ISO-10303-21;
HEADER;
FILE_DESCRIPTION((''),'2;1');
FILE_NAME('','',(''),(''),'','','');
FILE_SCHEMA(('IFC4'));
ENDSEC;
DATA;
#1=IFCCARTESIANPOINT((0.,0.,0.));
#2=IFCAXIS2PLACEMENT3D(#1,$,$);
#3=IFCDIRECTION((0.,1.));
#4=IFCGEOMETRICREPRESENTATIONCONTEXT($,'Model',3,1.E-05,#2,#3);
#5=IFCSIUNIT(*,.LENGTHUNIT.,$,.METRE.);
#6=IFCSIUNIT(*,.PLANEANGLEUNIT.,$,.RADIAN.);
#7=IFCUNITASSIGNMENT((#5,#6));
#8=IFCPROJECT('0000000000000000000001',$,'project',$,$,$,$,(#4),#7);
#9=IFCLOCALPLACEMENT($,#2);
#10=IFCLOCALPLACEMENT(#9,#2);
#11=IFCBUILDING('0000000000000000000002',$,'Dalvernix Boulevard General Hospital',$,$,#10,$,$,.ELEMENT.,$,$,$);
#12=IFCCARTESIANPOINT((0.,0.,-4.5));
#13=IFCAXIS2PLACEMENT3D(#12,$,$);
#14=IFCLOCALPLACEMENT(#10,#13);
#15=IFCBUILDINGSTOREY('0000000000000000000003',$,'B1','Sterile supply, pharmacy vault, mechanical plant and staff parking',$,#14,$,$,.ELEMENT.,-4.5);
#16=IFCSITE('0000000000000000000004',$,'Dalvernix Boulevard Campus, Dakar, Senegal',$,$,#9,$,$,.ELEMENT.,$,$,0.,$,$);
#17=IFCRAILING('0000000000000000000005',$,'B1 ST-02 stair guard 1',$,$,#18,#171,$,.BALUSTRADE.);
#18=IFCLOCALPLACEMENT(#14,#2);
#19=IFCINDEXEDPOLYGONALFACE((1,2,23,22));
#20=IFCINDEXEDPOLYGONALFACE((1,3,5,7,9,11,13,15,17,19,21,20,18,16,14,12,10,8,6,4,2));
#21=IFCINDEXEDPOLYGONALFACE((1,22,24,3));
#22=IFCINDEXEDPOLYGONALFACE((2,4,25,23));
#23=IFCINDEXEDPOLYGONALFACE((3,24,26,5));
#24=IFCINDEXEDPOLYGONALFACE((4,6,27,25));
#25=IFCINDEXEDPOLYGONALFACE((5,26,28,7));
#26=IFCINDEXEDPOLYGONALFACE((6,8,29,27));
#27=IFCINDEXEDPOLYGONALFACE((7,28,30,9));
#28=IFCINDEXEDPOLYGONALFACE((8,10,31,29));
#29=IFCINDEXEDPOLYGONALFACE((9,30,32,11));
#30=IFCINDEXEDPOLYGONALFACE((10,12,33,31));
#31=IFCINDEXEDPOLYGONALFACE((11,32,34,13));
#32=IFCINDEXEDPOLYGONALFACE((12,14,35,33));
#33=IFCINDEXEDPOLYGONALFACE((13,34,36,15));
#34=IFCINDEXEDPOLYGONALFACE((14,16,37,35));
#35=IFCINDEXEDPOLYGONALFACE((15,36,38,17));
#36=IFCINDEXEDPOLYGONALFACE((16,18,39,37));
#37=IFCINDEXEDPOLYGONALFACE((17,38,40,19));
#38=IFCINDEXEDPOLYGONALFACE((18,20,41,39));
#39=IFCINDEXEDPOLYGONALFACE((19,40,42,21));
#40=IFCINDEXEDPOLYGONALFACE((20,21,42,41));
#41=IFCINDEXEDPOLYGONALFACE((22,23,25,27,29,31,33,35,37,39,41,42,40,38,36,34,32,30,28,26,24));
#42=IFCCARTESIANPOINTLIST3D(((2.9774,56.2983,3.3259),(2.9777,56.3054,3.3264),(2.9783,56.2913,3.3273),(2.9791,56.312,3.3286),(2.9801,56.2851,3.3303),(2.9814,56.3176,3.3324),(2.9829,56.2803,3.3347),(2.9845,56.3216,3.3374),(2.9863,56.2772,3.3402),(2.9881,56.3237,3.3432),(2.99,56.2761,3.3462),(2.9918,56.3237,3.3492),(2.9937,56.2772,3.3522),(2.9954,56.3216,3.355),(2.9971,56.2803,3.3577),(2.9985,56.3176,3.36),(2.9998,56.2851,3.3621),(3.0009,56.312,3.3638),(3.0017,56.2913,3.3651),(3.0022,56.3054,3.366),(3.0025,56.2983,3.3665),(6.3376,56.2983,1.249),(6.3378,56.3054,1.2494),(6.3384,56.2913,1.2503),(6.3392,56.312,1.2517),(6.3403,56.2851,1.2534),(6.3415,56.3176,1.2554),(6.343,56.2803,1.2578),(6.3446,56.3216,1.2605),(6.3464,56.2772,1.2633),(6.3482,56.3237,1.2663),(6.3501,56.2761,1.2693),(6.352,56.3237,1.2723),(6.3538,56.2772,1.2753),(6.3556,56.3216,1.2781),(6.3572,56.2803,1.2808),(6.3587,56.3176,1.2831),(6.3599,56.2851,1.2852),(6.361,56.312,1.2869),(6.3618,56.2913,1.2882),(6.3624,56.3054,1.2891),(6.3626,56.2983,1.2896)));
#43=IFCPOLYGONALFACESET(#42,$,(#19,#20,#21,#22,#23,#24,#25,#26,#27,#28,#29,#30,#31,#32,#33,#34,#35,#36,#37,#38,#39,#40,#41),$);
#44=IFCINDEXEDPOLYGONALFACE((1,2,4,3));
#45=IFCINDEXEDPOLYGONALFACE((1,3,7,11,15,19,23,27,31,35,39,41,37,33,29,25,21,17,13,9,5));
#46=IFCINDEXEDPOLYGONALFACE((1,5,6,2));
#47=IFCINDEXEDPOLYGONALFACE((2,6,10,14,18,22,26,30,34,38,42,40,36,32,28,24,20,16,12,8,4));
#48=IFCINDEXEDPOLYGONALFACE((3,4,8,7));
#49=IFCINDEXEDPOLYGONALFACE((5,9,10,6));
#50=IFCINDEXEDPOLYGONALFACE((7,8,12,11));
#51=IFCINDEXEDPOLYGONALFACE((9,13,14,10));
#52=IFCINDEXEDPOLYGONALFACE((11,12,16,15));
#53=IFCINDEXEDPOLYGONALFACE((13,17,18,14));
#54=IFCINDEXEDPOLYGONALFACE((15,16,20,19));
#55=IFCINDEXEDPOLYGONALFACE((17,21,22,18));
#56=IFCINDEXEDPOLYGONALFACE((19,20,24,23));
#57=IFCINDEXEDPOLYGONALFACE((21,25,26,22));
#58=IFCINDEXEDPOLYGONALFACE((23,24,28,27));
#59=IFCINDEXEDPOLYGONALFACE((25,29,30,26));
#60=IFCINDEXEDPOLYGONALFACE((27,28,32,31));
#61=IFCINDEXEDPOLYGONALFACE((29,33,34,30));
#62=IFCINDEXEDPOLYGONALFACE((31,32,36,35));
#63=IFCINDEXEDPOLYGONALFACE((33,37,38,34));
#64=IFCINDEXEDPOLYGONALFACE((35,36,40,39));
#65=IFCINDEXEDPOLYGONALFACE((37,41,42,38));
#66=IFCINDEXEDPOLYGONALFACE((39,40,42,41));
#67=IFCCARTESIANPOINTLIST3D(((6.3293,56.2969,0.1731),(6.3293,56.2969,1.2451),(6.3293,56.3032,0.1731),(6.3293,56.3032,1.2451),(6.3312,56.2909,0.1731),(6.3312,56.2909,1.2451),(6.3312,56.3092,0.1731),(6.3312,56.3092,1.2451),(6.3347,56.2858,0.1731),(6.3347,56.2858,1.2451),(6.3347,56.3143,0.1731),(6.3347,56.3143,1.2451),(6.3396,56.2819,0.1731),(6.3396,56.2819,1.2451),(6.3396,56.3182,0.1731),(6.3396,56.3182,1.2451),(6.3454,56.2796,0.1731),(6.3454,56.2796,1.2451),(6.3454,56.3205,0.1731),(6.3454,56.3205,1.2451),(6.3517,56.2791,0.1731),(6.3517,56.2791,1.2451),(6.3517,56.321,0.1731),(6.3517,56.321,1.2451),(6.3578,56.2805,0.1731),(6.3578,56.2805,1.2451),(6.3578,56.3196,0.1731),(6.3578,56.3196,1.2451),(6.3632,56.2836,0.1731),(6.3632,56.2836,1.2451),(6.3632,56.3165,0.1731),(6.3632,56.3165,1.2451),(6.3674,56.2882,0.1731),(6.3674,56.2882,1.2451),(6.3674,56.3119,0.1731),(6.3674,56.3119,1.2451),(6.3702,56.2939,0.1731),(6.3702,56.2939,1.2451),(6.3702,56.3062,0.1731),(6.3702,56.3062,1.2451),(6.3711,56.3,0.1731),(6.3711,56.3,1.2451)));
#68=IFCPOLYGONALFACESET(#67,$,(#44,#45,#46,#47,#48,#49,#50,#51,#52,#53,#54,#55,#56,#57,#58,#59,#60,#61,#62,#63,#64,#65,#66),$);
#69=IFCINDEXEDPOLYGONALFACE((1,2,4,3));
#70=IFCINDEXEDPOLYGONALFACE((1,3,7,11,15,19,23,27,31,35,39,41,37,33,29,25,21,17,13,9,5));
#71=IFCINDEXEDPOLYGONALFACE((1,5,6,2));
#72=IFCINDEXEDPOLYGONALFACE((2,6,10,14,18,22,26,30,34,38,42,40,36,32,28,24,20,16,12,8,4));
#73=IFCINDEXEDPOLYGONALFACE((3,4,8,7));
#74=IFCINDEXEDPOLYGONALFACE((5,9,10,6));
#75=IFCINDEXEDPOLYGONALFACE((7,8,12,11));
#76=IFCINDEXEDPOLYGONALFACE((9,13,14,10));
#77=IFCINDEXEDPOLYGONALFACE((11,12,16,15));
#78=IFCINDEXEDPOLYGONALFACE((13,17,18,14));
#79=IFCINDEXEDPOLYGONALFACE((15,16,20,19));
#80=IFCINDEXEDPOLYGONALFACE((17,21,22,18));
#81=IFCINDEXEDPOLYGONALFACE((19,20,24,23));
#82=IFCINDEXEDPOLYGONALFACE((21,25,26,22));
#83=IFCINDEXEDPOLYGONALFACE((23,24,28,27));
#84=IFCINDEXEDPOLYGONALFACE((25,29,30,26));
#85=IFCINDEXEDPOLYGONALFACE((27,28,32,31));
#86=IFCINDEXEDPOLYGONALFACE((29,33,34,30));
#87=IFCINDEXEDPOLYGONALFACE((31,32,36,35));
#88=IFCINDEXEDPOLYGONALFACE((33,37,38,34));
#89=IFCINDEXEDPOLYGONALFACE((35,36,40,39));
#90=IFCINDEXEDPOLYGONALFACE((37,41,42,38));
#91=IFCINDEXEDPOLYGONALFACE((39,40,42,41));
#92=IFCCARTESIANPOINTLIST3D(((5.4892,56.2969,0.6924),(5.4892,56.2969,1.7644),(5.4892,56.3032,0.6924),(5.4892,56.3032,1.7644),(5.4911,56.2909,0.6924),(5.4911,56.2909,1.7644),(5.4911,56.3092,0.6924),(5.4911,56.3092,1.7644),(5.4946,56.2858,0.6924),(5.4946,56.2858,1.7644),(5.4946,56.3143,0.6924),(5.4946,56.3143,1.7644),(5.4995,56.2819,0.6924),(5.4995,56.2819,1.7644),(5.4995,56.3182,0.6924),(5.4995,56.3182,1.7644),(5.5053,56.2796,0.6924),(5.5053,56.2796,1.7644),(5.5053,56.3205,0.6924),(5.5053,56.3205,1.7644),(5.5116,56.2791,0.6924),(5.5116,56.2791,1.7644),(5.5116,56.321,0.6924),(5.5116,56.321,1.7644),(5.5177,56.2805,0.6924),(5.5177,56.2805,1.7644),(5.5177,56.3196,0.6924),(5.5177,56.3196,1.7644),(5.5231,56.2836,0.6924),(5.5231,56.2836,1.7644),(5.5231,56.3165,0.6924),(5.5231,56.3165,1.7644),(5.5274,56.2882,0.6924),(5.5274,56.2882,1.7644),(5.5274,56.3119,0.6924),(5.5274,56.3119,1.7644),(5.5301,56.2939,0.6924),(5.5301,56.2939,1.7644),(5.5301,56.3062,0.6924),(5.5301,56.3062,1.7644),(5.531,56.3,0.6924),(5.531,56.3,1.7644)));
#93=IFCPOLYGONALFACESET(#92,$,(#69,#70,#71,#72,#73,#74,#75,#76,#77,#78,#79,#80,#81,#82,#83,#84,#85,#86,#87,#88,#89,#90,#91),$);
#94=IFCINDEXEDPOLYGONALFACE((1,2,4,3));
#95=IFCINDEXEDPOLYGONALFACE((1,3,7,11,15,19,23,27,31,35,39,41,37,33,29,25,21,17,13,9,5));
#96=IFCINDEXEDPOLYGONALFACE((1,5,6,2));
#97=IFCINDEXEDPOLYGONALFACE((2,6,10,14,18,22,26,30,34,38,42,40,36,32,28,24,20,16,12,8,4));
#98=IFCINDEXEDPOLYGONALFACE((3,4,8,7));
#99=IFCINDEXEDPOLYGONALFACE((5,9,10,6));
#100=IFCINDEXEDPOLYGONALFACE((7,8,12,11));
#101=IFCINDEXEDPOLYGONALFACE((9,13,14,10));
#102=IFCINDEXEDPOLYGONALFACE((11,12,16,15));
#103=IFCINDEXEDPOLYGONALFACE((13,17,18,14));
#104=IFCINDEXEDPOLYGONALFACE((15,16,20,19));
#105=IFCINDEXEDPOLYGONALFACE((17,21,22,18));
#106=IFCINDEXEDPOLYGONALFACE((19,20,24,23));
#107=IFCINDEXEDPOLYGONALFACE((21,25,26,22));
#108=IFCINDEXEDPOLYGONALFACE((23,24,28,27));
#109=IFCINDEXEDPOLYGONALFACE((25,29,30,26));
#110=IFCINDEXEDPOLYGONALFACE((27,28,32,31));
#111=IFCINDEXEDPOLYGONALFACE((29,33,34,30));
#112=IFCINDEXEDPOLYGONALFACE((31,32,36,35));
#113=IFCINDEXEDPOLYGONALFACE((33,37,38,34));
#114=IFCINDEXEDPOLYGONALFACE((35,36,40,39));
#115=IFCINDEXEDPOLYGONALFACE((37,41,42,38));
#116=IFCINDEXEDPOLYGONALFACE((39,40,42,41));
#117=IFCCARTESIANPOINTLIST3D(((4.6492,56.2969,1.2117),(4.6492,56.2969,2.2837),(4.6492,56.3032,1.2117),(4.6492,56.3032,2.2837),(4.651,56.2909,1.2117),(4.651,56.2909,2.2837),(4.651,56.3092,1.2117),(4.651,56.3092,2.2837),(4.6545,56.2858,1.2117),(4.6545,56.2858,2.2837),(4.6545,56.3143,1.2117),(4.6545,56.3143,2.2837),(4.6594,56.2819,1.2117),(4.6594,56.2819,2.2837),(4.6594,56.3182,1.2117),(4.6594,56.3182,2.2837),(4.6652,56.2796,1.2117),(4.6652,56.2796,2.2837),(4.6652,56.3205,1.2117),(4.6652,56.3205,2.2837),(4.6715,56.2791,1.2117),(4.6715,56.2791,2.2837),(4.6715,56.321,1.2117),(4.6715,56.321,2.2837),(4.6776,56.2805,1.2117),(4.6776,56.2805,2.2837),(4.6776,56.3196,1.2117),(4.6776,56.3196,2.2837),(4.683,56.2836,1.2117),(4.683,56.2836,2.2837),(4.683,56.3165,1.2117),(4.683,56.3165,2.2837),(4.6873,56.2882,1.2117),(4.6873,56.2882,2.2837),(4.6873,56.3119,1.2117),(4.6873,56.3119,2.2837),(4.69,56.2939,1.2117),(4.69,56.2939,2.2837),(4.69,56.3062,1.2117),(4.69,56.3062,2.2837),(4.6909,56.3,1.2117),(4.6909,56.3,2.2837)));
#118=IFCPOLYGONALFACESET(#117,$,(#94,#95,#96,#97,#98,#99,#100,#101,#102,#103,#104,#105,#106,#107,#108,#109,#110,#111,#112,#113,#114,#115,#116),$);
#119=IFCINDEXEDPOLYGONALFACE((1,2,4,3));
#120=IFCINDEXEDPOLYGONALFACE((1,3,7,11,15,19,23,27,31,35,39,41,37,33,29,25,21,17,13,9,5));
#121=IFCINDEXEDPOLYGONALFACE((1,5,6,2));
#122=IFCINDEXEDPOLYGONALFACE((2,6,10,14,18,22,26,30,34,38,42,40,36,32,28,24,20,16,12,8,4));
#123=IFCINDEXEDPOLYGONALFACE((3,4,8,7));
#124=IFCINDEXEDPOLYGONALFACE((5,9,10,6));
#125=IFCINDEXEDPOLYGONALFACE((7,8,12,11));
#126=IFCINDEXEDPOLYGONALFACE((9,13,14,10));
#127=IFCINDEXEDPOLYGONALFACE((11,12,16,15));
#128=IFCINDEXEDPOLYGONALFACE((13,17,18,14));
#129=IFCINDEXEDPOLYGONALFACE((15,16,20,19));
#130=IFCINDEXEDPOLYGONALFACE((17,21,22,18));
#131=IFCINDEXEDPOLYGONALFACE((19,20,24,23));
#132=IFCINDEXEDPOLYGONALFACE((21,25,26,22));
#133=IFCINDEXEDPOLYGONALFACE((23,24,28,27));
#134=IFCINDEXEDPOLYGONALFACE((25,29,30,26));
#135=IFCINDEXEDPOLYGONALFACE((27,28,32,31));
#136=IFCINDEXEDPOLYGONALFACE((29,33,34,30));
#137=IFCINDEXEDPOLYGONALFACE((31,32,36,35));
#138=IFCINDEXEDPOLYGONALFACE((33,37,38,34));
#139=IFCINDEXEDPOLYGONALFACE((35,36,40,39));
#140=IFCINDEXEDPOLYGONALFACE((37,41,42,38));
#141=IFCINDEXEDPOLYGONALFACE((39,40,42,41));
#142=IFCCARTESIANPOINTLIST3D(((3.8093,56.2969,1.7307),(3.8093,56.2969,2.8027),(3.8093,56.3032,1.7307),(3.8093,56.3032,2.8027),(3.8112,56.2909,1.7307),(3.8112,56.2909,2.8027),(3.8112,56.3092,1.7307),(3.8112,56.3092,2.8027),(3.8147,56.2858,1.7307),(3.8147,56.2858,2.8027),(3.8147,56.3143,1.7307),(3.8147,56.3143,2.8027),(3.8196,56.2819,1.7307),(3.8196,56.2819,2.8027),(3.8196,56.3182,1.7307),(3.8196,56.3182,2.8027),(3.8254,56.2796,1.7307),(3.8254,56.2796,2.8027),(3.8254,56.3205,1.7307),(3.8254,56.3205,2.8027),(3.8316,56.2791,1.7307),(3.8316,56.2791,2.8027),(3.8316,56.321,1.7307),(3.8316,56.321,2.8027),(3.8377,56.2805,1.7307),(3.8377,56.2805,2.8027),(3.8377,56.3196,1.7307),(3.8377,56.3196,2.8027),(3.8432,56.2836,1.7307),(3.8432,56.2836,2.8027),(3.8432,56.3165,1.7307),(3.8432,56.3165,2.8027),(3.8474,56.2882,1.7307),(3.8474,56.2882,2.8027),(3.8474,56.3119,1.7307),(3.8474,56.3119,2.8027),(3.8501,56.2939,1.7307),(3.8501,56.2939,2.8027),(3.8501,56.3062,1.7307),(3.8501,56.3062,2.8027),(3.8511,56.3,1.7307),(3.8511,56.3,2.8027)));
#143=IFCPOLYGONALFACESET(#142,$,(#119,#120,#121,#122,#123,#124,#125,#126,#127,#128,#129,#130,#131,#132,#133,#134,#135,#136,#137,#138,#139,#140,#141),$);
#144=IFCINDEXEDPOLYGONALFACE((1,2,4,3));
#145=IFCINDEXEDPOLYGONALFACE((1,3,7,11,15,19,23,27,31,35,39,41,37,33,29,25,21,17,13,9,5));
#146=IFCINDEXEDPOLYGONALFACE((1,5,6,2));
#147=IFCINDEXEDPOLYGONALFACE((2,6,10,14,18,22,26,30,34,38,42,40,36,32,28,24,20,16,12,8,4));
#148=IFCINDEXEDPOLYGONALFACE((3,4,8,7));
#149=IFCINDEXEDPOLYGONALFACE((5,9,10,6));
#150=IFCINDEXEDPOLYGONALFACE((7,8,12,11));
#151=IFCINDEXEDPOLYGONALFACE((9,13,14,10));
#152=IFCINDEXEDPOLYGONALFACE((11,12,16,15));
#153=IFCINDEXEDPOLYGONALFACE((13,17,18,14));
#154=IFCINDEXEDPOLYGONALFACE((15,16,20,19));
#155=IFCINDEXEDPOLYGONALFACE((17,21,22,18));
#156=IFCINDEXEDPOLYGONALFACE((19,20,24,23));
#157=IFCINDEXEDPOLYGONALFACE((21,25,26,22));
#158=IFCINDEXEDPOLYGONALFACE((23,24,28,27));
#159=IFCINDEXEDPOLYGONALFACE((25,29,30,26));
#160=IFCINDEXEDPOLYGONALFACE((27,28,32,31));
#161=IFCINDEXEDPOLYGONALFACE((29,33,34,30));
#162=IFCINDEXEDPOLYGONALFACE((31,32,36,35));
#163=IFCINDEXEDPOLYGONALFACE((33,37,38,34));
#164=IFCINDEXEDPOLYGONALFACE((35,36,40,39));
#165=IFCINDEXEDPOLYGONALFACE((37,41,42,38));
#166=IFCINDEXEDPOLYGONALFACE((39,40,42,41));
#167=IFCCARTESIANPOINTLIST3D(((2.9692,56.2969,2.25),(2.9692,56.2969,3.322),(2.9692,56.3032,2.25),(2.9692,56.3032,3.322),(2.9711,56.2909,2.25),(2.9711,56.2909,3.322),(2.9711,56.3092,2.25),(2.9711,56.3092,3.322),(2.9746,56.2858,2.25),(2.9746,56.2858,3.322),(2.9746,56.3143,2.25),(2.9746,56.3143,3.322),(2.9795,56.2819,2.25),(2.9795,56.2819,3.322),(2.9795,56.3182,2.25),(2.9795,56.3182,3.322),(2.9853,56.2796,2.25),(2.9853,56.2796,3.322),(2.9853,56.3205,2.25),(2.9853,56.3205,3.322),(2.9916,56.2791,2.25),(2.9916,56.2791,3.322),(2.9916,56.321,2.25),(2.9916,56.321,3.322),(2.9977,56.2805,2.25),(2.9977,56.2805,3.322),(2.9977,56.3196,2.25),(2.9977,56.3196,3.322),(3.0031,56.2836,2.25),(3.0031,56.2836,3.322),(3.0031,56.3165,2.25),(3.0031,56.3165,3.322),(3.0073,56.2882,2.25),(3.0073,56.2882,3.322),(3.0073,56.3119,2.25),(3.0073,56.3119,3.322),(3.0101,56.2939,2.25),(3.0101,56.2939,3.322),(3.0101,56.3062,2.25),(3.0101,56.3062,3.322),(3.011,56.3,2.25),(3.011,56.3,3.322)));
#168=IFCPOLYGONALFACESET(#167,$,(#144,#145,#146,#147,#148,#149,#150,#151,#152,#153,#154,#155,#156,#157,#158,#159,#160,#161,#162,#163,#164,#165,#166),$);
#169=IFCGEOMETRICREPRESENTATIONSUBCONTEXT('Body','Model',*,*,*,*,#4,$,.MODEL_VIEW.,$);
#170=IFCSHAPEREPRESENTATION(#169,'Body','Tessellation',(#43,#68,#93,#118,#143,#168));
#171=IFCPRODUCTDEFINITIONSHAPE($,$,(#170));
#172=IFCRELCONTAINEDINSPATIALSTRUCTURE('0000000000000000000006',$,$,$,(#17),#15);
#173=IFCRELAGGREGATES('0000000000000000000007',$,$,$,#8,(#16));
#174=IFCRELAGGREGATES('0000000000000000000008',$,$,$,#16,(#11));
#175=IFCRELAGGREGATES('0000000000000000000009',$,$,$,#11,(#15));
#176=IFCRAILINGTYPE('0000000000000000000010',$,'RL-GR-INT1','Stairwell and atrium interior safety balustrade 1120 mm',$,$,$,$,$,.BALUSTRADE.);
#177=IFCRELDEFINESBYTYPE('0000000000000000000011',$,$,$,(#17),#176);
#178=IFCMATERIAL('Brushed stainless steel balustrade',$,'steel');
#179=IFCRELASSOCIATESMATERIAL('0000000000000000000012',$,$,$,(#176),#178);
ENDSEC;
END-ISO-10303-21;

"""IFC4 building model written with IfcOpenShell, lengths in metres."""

from ifc_helpers import new_model, si_unit, direction, frame, origin, origin_2d, place, context, subcontext, project, spatial, circle, extrude, material, type_object, element, save


model = new_model("IFC4")

# Units and contexts
model_context = context("Model", 3, precision=1e-05, world=origin(), true_north=direction((0.0, 1.0)))
body_context = subcontext(model_context, "Body", "Model", "MODEL_VIEW")
ifc_project = project(units=[si_unit("LENGTHUNIT", "METRE"), si_unit("PLANEANGLEUNIT", "RADIAN")], contexts=[model_context])

# Site, building, storey
site_placement = place(None, origin())
site = spatial("IfcSite", under=ifc_project, at=site_placement, Name="Dalvernix Boulevard Campus, Dakar, Senegal", CompositionType="ELEMENT", RefElevation=0.0)
building_placement = place(site_placement, origin())
building = spatial("IfcBuilding", under=site, at=building_placement, Name="Dalvernix Boulevard General Hospital", CompositionType="ELEMENT")
storey_placement = place(building_placement, frame((0.0, 0.0, -4.5)))
storey = spatial("IfcBuildingStorey", under=building, at=storey_placement, Name="B1", Description="Sterile supply, pharmacy vault, mechanical plant and staff parking", CompositionType="ELEMENT", Elevation=-4.5)

# Railing
ifc_material_1 = material(Name="Brushed stainless steel balustrade", Category="steel")
railing_type_1 = type_object("IfcRailingType", Name="RL-GR-INT1", Description="Stairwell and atrium interior safety balustrade 1120 mm", PredefinedType="BALUSTRADE", material=ifc_material_1)
railing_1_placement = place(storey_placement, frame((6.3501, 56.3, 0.1731)))
element("IfcRailing", 1, at=railing_1_placement, inside=storey, type_object=railing_type_1, Name="B1 ST-02 stair guard 1", PredefinedType="BALUSTRADE", context=body_context, shape_type="SweptSolid", body=[
    extrude(circle(Radius=0.0239, at=origin_2d()), frame((0.0, 0.0, 1.0962), z_axis=(-0.850623, 0.0, 0.525776), x_axis=(0.0, -1.0, 0.0)), (0.0, 0.0, 1.0), 3.9502),
    extrude(circle(Radius=0.021, at=origin_2d()), origin(), (0.0, 0.0, 1.0), 1.072),
    extrude(circle(Radius=0.021, at=origin_2d()), frame((-0.8401, 0.0, 0.5193)), (0.0, 0.0, 1.0), 1.072),
    extrude(circle(Radius=0.021, at=origin_2d()), frame((-1.6802, 0.0, 1.0386)), (0.0, 0.0, 1.0), 1.072),
    extrude(circle(Radius=0.021, at=origin_2d()), frame((-2.52, 0.0, 1.5576)), (0.0, 0.0, 1.0), 1.072),
    extrude(circle(Radius=0.021, at=origin_2d()), frame((-3.3601, 0.0, 2.0769)), (0.0, 0.0, 1.0), 1.072),
])

save(model, "model.ifc")
